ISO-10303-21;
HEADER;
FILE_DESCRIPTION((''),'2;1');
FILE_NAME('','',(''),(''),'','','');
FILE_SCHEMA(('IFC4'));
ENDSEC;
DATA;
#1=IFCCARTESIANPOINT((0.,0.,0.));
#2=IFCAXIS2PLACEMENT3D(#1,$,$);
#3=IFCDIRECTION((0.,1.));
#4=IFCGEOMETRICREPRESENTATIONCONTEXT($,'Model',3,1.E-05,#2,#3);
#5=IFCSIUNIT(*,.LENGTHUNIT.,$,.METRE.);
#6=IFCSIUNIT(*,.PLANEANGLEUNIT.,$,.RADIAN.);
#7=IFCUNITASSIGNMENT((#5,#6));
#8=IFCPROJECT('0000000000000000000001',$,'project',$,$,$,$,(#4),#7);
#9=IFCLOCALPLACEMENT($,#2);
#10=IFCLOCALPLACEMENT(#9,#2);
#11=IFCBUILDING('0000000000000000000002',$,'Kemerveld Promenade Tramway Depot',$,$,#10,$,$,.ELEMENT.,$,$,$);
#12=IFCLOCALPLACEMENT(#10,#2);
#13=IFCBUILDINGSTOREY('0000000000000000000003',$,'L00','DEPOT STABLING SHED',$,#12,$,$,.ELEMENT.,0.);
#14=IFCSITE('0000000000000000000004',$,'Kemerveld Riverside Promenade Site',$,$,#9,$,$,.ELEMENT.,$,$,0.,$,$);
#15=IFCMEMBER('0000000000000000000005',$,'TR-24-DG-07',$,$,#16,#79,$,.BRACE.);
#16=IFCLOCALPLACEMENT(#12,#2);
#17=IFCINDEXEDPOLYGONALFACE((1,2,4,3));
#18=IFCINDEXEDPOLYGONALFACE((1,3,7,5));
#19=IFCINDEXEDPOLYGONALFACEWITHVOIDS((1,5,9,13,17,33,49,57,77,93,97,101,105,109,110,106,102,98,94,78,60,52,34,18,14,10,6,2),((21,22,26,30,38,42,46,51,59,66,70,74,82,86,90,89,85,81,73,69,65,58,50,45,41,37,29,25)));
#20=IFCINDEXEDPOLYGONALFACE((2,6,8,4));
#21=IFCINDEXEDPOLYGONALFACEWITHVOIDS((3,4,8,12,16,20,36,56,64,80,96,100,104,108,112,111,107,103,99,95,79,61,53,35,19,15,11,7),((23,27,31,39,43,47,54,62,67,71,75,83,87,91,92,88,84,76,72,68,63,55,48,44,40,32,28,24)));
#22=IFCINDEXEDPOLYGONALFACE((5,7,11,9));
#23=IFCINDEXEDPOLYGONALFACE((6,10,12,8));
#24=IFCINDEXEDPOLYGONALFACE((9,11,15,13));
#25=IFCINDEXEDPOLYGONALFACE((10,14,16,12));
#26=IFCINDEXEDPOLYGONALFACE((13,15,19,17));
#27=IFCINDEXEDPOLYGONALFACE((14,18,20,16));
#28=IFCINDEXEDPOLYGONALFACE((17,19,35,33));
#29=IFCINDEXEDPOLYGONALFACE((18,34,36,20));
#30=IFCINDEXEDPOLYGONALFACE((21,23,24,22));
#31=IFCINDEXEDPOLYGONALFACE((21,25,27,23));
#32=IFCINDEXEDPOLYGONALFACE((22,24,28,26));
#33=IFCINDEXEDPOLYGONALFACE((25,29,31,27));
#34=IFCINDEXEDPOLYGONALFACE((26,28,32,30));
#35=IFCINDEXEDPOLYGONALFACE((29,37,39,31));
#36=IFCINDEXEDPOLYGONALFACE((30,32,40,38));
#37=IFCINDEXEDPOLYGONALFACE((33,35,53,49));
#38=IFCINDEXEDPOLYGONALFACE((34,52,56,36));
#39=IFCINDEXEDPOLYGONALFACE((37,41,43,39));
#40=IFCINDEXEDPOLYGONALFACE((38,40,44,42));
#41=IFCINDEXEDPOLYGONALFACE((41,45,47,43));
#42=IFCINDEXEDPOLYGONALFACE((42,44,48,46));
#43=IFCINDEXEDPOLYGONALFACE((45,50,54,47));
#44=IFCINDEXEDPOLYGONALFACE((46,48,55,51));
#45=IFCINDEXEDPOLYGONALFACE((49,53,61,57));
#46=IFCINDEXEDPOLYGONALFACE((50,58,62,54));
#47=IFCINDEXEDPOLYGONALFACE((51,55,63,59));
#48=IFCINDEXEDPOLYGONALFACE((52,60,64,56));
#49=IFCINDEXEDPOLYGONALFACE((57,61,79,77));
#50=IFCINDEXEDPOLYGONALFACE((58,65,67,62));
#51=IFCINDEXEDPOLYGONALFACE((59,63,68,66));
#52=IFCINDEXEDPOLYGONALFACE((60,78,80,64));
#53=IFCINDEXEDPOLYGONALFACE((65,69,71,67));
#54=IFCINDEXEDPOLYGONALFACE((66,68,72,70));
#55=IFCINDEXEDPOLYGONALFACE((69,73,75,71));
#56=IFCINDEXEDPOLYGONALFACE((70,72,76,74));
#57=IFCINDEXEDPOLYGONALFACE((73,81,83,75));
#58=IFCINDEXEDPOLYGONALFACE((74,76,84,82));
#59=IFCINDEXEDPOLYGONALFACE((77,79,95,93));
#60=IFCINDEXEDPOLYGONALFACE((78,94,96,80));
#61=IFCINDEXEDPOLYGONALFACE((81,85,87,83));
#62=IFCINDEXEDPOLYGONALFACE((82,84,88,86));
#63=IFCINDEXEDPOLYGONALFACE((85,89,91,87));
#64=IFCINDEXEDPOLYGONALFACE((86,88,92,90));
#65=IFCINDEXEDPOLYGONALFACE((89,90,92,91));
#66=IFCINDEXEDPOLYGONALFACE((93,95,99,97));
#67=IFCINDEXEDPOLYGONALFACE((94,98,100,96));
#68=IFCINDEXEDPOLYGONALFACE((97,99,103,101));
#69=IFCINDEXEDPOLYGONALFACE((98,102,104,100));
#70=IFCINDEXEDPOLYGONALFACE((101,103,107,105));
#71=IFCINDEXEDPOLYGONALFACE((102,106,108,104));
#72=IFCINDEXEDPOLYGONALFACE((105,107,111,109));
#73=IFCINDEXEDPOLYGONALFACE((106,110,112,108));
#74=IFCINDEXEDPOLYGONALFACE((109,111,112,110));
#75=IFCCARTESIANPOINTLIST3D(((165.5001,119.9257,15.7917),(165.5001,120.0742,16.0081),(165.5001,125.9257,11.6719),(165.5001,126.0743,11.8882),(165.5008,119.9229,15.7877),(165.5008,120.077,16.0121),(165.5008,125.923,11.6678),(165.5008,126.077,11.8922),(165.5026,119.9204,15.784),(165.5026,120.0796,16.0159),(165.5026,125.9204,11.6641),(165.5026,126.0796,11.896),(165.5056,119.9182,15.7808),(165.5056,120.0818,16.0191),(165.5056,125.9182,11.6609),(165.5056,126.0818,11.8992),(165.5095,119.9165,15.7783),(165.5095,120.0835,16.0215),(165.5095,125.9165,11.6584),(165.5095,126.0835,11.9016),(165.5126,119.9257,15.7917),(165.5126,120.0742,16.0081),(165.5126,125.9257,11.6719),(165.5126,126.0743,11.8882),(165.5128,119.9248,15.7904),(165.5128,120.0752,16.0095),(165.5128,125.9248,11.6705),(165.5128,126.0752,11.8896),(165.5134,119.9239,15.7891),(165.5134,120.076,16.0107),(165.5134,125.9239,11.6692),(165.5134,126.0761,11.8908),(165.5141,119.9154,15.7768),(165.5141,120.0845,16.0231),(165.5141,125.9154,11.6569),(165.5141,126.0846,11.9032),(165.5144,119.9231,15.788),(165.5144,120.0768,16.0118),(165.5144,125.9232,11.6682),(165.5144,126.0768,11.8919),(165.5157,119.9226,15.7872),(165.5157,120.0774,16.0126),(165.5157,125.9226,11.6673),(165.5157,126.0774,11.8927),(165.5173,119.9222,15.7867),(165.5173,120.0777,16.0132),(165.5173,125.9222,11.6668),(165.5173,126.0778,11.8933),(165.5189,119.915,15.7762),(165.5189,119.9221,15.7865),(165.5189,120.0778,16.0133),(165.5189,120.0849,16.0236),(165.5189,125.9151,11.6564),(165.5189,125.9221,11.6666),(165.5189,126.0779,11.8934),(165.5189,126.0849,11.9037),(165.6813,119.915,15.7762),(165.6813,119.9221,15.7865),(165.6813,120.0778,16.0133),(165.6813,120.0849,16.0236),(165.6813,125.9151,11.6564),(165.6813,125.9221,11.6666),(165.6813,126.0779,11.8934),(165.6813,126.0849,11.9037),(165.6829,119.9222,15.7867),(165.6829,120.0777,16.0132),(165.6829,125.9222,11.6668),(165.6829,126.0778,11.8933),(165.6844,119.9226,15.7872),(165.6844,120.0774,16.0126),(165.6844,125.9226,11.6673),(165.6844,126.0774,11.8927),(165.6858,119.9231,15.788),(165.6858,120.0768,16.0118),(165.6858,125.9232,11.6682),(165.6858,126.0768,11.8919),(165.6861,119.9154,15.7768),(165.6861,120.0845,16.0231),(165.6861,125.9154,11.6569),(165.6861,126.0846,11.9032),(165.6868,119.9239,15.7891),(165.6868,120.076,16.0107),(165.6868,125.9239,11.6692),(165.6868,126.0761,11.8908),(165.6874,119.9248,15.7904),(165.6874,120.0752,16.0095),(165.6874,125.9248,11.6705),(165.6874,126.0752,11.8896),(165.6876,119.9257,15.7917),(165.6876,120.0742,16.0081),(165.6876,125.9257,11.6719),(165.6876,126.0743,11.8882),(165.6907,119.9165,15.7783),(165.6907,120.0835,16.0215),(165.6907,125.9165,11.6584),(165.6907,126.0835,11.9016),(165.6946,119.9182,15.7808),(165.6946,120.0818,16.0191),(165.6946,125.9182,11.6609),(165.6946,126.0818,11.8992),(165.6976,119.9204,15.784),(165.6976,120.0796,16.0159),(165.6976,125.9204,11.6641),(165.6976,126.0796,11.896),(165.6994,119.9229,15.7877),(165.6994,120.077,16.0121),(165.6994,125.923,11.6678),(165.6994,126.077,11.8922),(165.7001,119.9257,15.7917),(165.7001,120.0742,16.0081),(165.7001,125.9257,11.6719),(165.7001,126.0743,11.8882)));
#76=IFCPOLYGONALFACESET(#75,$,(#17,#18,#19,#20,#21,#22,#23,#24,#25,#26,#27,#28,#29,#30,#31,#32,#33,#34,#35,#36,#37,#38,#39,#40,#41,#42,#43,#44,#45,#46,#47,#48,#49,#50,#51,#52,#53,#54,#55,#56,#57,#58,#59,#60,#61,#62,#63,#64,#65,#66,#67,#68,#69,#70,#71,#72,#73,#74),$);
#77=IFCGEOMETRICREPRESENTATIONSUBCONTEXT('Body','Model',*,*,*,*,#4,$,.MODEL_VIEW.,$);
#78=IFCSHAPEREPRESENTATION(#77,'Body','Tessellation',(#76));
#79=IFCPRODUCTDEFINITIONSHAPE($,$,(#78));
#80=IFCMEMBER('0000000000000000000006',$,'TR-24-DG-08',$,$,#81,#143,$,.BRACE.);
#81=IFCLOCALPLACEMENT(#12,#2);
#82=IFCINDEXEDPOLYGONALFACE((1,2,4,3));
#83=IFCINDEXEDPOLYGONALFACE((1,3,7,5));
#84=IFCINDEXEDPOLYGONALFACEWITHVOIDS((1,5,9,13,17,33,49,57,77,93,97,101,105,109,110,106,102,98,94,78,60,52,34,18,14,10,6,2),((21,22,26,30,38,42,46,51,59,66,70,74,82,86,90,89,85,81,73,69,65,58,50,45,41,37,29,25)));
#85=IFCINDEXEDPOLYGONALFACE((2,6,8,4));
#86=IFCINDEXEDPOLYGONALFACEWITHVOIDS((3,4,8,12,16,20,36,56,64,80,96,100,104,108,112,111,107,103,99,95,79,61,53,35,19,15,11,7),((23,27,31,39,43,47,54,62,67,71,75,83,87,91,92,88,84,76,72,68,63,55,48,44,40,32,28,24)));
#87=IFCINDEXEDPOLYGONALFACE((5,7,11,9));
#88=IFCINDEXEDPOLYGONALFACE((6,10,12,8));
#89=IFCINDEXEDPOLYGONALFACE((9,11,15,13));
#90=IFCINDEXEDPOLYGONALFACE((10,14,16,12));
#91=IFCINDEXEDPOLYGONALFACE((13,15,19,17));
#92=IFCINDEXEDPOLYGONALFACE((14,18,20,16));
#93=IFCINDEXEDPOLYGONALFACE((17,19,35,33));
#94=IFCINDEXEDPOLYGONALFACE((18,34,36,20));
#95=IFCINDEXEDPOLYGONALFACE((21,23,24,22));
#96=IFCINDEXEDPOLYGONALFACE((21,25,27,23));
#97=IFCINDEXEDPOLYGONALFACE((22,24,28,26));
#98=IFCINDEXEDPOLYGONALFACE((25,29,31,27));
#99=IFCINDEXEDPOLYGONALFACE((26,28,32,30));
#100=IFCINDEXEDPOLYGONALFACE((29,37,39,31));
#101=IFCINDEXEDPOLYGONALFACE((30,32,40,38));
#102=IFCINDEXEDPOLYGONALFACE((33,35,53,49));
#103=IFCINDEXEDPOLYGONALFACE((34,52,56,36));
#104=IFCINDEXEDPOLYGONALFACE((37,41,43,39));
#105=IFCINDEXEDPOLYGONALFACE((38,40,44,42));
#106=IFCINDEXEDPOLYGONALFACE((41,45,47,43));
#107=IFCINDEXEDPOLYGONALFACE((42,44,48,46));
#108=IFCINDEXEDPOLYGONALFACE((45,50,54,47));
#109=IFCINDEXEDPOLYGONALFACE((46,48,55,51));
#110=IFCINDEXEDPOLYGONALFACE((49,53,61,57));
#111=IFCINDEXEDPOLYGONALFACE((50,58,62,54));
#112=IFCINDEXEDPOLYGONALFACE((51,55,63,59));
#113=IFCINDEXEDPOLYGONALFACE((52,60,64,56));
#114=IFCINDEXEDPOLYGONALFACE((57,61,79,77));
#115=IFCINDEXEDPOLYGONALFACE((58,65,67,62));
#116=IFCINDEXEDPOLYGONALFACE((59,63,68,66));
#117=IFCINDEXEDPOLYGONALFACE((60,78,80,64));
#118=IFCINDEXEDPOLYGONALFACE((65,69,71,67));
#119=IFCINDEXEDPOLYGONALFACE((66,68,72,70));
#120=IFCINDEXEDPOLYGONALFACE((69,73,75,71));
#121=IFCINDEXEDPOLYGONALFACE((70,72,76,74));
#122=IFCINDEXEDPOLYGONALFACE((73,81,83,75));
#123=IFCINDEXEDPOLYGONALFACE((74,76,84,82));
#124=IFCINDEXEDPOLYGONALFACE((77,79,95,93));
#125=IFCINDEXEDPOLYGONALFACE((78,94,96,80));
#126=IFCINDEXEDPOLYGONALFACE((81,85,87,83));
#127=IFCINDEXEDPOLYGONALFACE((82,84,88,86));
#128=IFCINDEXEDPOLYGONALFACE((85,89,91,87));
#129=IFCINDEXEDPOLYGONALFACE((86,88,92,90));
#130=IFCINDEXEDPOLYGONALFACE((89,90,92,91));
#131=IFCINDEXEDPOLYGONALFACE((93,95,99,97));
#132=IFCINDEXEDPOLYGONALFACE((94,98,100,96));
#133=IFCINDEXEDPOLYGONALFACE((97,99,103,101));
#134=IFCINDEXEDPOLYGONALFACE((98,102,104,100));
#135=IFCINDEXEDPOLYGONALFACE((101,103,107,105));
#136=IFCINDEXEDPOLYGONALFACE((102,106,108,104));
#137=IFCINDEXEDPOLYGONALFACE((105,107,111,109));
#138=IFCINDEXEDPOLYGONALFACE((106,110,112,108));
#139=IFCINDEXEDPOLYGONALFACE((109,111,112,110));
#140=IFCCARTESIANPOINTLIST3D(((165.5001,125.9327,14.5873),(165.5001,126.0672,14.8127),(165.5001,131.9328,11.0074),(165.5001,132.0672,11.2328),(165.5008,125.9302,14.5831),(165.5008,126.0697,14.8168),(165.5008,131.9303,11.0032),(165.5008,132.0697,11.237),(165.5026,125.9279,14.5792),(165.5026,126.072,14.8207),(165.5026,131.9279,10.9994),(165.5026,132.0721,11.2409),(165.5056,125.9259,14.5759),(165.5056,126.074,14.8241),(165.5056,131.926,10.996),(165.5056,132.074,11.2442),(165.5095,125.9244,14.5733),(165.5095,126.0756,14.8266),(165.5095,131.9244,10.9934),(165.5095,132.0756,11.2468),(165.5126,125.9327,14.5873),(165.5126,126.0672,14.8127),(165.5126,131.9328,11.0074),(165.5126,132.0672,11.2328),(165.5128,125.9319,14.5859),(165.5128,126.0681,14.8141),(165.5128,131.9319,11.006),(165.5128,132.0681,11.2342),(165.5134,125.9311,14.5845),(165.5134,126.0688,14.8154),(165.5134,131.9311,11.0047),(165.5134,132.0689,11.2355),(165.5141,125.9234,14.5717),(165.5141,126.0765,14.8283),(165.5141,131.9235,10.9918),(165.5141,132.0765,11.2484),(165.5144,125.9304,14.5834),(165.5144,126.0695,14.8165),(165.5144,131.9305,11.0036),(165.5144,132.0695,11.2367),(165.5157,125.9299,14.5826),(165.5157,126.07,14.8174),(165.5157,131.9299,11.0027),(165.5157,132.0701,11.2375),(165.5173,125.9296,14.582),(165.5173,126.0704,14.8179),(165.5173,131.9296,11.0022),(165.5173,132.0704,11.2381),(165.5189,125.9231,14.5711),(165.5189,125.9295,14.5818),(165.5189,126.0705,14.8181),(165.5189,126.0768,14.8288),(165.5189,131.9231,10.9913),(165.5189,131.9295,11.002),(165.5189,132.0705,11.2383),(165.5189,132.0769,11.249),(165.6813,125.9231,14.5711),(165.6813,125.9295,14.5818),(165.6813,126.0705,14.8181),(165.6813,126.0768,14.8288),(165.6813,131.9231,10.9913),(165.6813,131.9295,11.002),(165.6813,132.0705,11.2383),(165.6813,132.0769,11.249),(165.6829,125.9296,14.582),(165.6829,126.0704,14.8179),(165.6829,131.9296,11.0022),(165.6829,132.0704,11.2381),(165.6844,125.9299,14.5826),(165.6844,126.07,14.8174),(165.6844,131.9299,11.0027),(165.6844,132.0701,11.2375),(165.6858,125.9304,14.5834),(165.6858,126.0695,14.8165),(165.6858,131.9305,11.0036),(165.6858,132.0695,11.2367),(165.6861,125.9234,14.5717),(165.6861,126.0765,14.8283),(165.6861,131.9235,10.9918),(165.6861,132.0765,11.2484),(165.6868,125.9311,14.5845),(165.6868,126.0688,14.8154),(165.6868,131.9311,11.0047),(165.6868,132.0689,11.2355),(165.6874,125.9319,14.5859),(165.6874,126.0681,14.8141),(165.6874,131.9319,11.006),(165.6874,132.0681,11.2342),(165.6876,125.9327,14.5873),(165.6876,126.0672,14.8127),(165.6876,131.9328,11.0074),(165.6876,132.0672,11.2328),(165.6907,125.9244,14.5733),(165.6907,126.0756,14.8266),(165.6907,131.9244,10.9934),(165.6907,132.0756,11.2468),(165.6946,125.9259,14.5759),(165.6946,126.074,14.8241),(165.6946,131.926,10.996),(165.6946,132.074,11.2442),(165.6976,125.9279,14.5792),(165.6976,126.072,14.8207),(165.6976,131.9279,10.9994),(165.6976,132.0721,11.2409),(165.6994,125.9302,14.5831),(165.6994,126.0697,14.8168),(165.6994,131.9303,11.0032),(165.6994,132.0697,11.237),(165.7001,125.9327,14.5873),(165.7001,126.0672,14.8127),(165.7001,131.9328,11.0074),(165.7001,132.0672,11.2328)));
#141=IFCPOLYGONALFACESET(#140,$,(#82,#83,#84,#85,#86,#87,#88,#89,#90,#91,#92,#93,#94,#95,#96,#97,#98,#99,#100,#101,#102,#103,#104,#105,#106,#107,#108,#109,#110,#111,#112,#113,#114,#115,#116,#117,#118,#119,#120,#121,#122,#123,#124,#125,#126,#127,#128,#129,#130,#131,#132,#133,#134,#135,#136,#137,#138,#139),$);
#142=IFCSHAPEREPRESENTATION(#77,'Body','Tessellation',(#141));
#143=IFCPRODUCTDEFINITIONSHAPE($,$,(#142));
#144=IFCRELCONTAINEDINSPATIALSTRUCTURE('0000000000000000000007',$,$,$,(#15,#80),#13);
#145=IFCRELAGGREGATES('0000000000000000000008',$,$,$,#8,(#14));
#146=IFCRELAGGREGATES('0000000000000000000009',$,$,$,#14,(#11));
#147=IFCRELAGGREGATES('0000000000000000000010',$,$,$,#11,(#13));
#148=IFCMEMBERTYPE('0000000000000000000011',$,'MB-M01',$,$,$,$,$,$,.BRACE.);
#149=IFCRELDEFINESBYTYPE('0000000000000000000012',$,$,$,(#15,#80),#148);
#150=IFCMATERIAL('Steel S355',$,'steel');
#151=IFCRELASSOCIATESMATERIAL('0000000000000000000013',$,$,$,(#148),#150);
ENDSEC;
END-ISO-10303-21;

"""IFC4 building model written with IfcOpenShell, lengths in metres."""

from ifc_helpers import new_model, si_unit, direction, frame, origin, origin_2d, place, context, subcontext, project, spatial, hollow_rectangle, extrude, material, material_profile, profile_set, type_object, element, save


model = new_model("IFC4")

# Units and contexts
model_context = context("Model", 3, precision=1e-05, world=origin(), true_north=direction((0.0, 1.0)))
body_context = subcontext(model_context, "Body", "Model", "MODEL_VIEW")
ifc_project = project(units=[si_unit("LENGTHUNIT", "METRE"), si_unit("PLANEANGLEUNIT", "RADIAN")], contexts=[model_context])

# Site, building, storey
site_placement = place(None, origin())
site = spatial("IfcSite", under=ifc_project, at=site_placement, Name="Kemerveld Riverside Promenade Site", CompositionType="ELEMENT", RefElevation=0.0)
building_placement = place(site_placement, origin())
building = spatial("IfcBuilding", under=site, at=building_placement, Name="Kemerveld Promenade Tramway Depot", CompositionType="ELEMENT")
storey_placement = place(building_placement, origin())
storey = spatial("IfcBuildingStorey", under=building, at=storey_placement, Name="L00", Description="DEPOT STABLING SHED", CompositionType="ELEMENT", Elevation=0.0)

# Members
ifc_material_1 = material(Name="Steel S355", Category="steel")
ifc_material_profile_1 = material_profile(ifc_material_1, hollow_rectangle(XDim=0.2, YDim=0.3, WallThickness=0.0125, InnerFilletRadius=0.0063, OuterFilletRadius=0.0188, at=origin_2d()), Name="300x200x12.5 RHS")
ifc_profile_set_1 = profile_set([ifc_material_profile_1], Name="Steel S355")
member_type_1 = type_object("IfcMemberType", Name="MB-M01", PredefinedType="BRACE", material=ifc_profile_set_1)
member_1_placement = place(storey_placement, frame((165.6001, 126.0, 11.78), z_axis=(0.0, -0.824371, 0.56605), x_axis=(1.0, 0.0, 0.0)))
element("IfcMember", 1, at=member_1_placement, inside=storey, type_object=member_type_1, Name="TR-24-DG-07", PredefinedType="BRACE", context=body_context, shape_type="SweptSolid", body=[
    extrude(hollow_rectangle(XDim=0.2, YDim=0.3, WallThickness=0.0125, InnerFilletRadius=0.0063, OuterFilletRadius=0.0188, at=origin_2d()), origin(), (0.0, 0.0, 1.0), 7.2783),
])
member_2_placement = place(storey_placement, frame((165.6001, 132.0, 11.1201), z_axis=(0.0, -0.858764, 0.512372), x_axis=(1.0, 0.0, 0.0)))
element("IfcMember", 2, at=member_2_placement, inside=storey, type_object=member_type_1, Name="TR-24-DG-08", PredefinedType="BRACE", context=body_context, shape_type="SweptSolid", body=[
    extrude(hollow_rectangle(XDim=0.2, YDim=0.3, WallThickness=0.0125, InnerFilletRadius=0.0063, OuterFilletRadius=0.0188, at=origin_2d()), origin(), (0.0, 0.0, 1.0), 6.9868),
])

save(model, "model.ifc")
